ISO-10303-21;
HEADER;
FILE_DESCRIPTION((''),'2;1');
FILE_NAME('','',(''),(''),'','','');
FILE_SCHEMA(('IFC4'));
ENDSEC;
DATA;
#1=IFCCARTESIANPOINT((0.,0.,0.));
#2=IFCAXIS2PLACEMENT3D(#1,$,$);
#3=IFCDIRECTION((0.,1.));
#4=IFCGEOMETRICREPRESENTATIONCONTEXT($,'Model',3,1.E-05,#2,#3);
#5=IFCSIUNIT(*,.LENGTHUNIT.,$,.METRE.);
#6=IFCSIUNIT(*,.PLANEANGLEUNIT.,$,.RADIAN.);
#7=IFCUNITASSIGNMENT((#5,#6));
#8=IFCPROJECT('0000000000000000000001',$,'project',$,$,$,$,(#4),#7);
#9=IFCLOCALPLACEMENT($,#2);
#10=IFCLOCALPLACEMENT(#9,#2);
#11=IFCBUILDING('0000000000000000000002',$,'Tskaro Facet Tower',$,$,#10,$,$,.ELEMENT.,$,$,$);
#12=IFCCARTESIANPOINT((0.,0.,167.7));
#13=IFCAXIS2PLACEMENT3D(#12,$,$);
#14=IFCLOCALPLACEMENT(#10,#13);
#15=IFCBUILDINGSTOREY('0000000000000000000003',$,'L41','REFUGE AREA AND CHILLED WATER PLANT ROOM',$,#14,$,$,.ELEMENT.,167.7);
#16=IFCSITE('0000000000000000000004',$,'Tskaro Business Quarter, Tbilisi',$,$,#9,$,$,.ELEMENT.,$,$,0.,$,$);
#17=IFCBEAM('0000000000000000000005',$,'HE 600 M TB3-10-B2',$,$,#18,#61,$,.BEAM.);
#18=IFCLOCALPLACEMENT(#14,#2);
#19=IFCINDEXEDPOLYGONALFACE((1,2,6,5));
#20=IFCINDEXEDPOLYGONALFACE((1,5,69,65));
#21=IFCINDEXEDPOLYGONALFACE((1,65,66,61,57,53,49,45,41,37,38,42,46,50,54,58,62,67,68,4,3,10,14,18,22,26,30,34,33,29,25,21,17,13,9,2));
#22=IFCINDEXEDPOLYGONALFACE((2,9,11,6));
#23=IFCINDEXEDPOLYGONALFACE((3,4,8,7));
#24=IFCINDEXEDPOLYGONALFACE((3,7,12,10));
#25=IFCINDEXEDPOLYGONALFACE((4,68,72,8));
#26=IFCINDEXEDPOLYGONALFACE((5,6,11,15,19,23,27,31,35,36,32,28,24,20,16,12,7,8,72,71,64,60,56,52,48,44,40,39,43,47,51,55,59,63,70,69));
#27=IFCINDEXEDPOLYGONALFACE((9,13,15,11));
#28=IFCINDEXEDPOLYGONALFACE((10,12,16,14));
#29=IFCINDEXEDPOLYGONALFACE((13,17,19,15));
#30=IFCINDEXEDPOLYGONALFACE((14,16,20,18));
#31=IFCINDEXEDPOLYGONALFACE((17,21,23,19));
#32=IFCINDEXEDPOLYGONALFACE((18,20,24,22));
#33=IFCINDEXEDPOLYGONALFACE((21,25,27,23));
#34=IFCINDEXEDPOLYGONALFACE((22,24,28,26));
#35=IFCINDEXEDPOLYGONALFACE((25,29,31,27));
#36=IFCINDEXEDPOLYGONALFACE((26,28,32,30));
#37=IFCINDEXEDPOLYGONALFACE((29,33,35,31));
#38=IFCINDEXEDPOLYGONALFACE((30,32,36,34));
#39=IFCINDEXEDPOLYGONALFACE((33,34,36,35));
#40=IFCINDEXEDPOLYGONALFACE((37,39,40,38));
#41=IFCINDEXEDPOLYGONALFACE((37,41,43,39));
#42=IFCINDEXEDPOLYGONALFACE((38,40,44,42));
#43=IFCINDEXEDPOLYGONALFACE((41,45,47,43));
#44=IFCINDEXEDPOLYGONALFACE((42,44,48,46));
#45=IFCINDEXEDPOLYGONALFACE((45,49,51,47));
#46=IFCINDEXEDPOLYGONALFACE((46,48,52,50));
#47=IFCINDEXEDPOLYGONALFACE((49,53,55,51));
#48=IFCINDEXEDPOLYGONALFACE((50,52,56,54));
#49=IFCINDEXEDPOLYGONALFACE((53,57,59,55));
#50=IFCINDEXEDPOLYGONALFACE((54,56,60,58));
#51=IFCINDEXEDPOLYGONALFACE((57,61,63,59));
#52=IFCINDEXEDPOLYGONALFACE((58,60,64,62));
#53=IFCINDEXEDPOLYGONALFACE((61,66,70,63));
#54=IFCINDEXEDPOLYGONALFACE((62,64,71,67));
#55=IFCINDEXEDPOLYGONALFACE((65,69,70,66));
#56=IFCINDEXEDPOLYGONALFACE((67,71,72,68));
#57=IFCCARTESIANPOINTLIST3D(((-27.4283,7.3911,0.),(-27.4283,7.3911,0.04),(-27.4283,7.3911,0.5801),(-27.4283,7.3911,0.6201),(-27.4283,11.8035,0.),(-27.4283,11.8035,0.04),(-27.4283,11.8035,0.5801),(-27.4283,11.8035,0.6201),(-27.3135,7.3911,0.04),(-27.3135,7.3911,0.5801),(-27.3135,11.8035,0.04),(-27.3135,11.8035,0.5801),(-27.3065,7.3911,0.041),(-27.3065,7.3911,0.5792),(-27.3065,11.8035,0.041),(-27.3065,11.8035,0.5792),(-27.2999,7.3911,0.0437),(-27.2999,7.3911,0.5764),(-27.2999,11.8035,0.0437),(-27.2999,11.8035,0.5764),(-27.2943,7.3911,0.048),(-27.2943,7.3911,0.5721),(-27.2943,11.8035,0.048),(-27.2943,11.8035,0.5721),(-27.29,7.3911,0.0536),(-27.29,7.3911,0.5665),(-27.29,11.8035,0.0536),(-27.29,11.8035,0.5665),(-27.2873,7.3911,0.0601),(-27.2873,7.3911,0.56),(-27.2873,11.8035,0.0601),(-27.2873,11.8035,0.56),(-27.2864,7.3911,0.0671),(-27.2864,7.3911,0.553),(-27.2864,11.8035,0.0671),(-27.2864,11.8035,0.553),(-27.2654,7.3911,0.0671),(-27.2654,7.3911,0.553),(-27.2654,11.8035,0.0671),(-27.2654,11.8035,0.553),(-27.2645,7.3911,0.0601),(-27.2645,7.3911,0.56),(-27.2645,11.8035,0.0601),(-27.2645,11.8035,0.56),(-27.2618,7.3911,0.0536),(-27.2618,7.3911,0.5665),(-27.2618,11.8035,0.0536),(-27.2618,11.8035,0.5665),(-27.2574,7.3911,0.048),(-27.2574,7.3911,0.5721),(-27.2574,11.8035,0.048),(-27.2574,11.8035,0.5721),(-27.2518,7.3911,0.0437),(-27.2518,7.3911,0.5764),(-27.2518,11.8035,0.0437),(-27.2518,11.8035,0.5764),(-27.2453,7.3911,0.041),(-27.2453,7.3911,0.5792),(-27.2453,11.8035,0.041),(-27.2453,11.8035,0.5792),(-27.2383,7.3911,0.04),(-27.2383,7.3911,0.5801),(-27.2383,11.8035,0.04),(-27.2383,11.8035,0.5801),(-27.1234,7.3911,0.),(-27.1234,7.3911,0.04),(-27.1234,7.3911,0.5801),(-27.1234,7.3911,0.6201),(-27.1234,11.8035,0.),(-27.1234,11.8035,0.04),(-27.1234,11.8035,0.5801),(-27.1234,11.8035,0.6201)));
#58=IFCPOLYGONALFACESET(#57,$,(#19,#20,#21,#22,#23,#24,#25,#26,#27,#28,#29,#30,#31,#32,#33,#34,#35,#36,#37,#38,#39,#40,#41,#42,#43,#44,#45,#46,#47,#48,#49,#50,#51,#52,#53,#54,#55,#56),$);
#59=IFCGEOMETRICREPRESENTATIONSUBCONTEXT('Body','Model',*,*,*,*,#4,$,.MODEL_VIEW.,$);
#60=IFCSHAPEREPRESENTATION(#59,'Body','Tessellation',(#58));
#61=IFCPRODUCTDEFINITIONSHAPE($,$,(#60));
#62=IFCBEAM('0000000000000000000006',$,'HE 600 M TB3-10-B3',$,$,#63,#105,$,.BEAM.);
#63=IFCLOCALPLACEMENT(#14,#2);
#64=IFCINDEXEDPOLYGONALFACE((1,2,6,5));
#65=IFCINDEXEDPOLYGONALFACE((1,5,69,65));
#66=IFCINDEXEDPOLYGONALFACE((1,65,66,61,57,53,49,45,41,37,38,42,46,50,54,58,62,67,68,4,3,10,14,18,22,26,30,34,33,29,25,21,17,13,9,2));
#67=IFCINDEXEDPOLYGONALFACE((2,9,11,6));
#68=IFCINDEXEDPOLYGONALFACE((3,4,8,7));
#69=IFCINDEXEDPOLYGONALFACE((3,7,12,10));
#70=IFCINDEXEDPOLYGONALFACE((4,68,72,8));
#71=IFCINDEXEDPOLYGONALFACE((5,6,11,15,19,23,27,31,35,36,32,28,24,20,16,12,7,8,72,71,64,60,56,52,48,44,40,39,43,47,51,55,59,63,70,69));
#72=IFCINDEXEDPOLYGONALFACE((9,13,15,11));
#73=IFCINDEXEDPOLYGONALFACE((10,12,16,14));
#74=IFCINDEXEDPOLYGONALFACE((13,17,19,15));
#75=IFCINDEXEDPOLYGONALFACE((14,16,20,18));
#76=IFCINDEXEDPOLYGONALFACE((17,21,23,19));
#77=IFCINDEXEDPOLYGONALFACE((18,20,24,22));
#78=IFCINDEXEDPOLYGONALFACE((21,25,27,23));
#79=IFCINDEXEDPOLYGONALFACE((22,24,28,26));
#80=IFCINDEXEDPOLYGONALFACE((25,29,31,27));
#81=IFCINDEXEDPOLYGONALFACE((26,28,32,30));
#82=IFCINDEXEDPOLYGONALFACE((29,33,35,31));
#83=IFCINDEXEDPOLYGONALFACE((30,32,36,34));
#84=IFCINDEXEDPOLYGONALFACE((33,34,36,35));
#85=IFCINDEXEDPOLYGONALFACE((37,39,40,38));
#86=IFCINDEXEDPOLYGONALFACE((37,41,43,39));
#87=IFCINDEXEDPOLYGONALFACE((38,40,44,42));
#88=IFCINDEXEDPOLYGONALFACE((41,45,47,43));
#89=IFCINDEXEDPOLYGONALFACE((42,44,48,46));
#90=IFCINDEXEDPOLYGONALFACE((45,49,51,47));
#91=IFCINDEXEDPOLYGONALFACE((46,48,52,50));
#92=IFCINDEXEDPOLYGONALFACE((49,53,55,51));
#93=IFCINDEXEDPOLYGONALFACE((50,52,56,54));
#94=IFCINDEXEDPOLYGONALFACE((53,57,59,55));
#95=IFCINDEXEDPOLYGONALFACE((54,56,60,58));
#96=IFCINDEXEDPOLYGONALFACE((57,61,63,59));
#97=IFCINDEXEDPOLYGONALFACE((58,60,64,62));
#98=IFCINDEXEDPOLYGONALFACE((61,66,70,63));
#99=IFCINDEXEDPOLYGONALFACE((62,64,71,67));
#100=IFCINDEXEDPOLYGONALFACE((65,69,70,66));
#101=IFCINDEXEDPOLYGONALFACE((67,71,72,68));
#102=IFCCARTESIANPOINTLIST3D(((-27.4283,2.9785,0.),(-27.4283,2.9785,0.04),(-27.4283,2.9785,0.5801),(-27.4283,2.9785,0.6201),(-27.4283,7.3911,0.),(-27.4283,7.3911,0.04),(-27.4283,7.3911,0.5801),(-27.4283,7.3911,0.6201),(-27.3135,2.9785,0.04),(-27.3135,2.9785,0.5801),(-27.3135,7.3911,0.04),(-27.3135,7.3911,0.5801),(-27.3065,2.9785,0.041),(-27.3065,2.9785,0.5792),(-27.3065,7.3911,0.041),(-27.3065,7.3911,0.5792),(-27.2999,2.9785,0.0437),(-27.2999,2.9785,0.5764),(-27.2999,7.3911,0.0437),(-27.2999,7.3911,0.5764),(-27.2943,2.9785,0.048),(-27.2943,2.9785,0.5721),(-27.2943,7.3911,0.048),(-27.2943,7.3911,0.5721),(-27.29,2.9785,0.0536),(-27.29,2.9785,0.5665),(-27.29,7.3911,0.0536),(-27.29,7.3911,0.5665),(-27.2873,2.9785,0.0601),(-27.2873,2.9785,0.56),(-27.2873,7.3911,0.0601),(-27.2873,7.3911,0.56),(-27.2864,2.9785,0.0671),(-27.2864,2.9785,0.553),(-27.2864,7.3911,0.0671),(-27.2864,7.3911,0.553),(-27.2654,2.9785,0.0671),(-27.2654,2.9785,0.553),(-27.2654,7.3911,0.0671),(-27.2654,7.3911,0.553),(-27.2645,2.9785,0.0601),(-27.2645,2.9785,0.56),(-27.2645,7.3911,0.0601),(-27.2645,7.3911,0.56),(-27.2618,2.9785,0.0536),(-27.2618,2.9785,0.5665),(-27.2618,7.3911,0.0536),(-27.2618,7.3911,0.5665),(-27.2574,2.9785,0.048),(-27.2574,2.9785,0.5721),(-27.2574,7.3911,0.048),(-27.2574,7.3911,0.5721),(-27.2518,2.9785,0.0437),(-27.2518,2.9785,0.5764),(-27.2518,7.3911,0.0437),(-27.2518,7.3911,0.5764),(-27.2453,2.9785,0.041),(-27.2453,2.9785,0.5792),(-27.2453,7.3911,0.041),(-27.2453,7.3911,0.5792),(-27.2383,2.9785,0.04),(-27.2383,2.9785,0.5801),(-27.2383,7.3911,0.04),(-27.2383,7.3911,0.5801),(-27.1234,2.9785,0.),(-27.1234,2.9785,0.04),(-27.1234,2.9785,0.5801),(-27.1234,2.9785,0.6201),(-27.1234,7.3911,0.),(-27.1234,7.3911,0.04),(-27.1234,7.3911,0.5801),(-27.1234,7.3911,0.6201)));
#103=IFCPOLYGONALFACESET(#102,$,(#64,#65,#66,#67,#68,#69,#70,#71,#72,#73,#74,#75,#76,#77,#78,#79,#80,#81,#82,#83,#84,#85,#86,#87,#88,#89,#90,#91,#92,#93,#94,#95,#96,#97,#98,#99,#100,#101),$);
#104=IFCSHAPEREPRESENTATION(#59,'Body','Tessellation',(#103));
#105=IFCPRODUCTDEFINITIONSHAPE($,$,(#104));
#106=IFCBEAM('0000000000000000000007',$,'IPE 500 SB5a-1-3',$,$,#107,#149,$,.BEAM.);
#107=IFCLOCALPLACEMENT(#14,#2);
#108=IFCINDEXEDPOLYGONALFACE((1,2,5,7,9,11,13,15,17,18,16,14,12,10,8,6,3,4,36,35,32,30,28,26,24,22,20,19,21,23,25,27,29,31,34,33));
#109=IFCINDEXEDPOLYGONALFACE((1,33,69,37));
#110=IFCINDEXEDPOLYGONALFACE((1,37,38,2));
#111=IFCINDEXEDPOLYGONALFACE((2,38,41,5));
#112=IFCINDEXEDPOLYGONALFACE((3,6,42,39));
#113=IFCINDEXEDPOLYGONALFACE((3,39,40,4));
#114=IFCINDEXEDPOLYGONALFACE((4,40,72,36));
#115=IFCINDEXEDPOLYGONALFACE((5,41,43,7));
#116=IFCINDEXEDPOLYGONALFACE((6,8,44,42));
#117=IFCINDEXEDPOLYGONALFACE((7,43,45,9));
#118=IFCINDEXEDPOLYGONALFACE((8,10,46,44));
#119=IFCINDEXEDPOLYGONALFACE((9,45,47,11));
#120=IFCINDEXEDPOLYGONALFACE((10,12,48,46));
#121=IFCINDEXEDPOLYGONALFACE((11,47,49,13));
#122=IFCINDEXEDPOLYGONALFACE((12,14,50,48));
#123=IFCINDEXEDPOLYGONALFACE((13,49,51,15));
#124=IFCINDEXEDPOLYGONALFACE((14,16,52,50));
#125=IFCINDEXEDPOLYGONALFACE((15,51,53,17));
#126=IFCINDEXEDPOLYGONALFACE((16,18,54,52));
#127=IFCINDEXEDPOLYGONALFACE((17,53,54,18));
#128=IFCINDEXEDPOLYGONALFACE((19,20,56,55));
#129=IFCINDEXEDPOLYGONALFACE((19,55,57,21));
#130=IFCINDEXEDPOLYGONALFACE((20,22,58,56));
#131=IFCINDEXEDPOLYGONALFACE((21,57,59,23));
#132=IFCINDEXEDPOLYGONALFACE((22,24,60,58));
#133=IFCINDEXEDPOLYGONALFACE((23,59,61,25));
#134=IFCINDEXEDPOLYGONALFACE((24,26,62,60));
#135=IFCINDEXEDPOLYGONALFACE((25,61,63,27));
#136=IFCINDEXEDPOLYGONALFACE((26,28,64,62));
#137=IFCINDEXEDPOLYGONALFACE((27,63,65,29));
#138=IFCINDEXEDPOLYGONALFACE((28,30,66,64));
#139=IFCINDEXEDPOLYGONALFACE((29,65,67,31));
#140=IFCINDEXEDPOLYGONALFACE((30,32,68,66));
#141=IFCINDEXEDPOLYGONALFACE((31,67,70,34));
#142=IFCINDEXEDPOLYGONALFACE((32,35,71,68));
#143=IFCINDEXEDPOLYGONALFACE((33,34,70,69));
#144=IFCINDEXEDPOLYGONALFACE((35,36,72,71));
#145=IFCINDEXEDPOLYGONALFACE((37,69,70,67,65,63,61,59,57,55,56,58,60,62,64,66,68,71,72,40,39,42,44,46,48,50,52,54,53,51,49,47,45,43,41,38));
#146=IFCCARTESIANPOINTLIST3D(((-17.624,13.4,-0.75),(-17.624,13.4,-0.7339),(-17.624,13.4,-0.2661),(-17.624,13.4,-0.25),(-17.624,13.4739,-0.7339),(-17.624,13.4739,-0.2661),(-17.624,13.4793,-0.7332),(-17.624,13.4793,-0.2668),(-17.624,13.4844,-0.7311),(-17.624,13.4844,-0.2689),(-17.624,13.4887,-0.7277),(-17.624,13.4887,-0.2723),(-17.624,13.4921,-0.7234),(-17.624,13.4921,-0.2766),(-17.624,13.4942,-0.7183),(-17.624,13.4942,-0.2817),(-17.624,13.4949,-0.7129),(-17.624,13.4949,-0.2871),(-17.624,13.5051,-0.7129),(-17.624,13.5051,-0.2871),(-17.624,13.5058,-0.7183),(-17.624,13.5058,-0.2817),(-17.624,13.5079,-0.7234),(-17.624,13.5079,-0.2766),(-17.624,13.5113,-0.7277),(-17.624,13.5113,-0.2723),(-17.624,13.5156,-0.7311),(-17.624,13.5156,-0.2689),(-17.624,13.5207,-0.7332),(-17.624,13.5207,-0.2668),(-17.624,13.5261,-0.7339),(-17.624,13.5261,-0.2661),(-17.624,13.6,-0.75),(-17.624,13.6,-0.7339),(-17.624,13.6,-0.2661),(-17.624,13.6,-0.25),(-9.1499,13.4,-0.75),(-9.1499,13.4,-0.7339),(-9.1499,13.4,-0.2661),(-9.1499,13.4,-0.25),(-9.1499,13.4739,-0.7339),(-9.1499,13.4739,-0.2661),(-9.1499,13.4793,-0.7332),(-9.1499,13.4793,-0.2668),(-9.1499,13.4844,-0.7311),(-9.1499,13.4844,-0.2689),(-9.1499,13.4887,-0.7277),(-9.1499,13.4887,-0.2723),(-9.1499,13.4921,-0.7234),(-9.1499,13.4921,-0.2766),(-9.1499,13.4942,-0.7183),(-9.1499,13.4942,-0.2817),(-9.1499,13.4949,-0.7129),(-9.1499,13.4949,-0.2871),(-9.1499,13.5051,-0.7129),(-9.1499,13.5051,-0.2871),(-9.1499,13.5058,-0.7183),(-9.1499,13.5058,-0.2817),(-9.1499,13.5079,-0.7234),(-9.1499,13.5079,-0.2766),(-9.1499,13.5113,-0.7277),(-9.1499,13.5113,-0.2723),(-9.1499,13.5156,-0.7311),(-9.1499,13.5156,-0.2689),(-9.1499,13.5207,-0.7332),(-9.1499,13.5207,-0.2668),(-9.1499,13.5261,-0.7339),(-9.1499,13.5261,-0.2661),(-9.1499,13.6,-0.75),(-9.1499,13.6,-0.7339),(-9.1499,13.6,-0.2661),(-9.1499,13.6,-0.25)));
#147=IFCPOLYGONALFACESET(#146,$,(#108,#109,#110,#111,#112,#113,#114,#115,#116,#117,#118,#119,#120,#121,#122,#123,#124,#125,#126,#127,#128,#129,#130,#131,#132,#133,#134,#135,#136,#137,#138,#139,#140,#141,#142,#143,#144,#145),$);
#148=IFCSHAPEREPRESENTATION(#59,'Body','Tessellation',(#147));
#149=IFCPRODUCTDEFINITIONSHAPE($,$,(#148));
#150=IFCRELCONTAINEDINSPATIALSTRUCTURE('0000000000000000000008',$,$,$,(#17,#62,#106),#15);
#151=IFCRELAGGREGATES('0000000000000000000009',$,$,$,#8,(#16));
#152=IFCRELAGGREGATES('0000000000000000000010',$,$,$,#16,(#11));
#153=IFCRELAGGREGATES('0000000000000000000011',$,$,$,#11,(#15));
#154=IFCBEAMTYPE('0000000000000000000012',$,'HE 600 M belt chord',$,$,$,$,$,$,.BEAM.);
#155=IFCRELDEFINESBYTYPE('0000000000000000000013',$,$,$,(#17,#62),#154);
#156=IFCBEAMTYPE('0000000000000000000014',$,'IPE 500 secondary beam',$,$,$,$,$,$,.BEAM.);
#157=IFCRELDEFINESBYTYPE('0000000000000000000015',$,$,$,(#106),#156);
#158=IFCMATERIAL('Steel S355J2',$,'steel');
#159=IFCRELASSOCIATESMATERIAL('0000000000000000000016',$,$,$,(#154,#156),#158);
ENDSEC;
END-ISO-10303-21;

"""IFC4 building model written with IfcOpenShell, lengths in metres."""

from ifc_helpers import new_model, si_unit, direction, frame, origin, origin_2d, place, context, subcontext, project, spatial, i_section, extrude, material, material_profile, profile_set, type_object, element, save


model = new_model("IFC4")

# Units and contexts
model_context = context("Model", 3, precision=1e-05, world=origin(), true_north=direction((0.0, 1.0)))
body_context = subcontext(model_context, "Body", "Model", "MODEL_VIEW")
ifc_project = project(units=[si_unit("LENGTHUNIT", "METRE"), si_unit("PLANEANGLEUNIT", "RADIAN")], contexts=[model_context])

# Site, building, storey
site_placement = place(None, origin())
site = spatial("IfcSite", under=ifc_project, at=site_placement, Name="Tskaro Business Quarter, Tbilisi", CompositionType="ELEMENT", RefElevation=0.0)
building_placement = place(site_placement, origin())
building = spatial("IfcBuilding", under=site, at=building_placement, Name="Tskaro Facet Tower", CompositionType="ELEMENT")
storey_placement = place(building_placement, frame((0.0, 0.0, 167.7)))
storey = spatial("IfcBuildingStorey", under=building, at=storey_placement, Name="L41", Description="REFUGE AREA AND CHILLED WATER PLANT ROOM", CompositionType="ELEMENT", Elevation=167.7)

# Shared definitions
ifc_material_1 = material(Name="Steel S355J2", Category="steel")

# Beams
ifc_material_profile_1 = material_profile(ifc_material_1, i_section(OverallWidth=0.3049, OverallDepth=0.6201, WebThickness=0.021, FlangeThickness=0.04, FilletRadius=0.0271, at=origin_2d()), Name="HE 600 M")
ifc_profile_set_1 = profile_set([ifc_material_profile_1], Name="Steel S355J2")
beam_type_1 = type_object("IfcBeamType", Name="HE 600 M belt chord", PredefinedType="BEAM", material=ifc_profile_set_1)
for number, where, z_axis, x_axis, name in (
    (1, (-27.2759, 11.8035, 0.3101), (0.0, -1.0, 0.0), (1.0, 0.0, 0.0), "HE 600 M TB3-10-B2"),
):
    element("IfcBeam", number, at=place(storey_placement, frame(where, z_axis=z_axis, x_axis=x_axis)), inside=storey, type_object=beam_type_1, Name=name, PredefinedType="BEAM", context=body_context, shape_type="SweptSolid", body=[
        extrude(i_section(OverallWidth=0.3049, OverallDepth=0.6201, WebThickness=0.021, FlangeThickness=0.04, FilletRadius=0.0271, at=origin_2d()), origin(), (0.0, 0.0, 1.0), 4.4124),
    ])
beam_1_placement = place(storey_placement, frame((-27.2759, 7.3911, 0.3101), z_axis=(0.0, -1.0, 0.0), x_axis=(1.0, 0.0, 0.0)))
element("IfcBeam", 2, at=beam_1_placement, inside=storey, type_object=beam_type_1, Name="HE 600 M TB3-10-B3", PredefinedType="BEAM", context=body_context, shape_type="SweptSolid", body=[
    extrude(i_section(OverallWidth=0.3049, OverallDepth=0.6201, WebThickness=0.021, FlangeThickness=0.04, FilletRadius=0.0271, at=origin_2d()), origin(), (0.0, 0.0, 1.0), 4.4126),
])
ifc_material_profile_2 = material_profile(ifc_material_1, i_section(OverallWidth=0.2, OverallDepth=0.5, WebThickness=0.0103, FlangeThickness=0.0161, FilletRadius=0.021, at=origin_2d()), Name="IPE 500")
ifc_profile_set_2 = profile_set([ifc_material_profile_2], Name="Steel S355J2")
beam_type_2 = type_object("IfcBeamType", Name="IPE 500 secondary beam", PredefinedType="BEAM", material=ifc_profile_set_2)
beam_2_placement = place(storey_placement, frame((-17.624, 13.5, -0.5), z_axis=(1.0, 0.0, 0.0), x_axis=(0.0, 1.0, 0.0)))
element("IfcBeam", 3, at=beam_2_placement, inside=storey, type_object=beam_type_2, Name="IPE 500 SB5a-1-3", PredefinedType="BEAM", context=body_context, shape_type="SweptSolid", body=[
    extrude(i_section(OverallWidth=0.2, OverallDepth=0.5, WebThickness=0.0103, FlangeThickness=0.0161, FilletRadius=0.021, at=origin_2d()), origin(), (0.0, 0.0, 1.0), 8.4741),
])

save(model, "model.ifc")
